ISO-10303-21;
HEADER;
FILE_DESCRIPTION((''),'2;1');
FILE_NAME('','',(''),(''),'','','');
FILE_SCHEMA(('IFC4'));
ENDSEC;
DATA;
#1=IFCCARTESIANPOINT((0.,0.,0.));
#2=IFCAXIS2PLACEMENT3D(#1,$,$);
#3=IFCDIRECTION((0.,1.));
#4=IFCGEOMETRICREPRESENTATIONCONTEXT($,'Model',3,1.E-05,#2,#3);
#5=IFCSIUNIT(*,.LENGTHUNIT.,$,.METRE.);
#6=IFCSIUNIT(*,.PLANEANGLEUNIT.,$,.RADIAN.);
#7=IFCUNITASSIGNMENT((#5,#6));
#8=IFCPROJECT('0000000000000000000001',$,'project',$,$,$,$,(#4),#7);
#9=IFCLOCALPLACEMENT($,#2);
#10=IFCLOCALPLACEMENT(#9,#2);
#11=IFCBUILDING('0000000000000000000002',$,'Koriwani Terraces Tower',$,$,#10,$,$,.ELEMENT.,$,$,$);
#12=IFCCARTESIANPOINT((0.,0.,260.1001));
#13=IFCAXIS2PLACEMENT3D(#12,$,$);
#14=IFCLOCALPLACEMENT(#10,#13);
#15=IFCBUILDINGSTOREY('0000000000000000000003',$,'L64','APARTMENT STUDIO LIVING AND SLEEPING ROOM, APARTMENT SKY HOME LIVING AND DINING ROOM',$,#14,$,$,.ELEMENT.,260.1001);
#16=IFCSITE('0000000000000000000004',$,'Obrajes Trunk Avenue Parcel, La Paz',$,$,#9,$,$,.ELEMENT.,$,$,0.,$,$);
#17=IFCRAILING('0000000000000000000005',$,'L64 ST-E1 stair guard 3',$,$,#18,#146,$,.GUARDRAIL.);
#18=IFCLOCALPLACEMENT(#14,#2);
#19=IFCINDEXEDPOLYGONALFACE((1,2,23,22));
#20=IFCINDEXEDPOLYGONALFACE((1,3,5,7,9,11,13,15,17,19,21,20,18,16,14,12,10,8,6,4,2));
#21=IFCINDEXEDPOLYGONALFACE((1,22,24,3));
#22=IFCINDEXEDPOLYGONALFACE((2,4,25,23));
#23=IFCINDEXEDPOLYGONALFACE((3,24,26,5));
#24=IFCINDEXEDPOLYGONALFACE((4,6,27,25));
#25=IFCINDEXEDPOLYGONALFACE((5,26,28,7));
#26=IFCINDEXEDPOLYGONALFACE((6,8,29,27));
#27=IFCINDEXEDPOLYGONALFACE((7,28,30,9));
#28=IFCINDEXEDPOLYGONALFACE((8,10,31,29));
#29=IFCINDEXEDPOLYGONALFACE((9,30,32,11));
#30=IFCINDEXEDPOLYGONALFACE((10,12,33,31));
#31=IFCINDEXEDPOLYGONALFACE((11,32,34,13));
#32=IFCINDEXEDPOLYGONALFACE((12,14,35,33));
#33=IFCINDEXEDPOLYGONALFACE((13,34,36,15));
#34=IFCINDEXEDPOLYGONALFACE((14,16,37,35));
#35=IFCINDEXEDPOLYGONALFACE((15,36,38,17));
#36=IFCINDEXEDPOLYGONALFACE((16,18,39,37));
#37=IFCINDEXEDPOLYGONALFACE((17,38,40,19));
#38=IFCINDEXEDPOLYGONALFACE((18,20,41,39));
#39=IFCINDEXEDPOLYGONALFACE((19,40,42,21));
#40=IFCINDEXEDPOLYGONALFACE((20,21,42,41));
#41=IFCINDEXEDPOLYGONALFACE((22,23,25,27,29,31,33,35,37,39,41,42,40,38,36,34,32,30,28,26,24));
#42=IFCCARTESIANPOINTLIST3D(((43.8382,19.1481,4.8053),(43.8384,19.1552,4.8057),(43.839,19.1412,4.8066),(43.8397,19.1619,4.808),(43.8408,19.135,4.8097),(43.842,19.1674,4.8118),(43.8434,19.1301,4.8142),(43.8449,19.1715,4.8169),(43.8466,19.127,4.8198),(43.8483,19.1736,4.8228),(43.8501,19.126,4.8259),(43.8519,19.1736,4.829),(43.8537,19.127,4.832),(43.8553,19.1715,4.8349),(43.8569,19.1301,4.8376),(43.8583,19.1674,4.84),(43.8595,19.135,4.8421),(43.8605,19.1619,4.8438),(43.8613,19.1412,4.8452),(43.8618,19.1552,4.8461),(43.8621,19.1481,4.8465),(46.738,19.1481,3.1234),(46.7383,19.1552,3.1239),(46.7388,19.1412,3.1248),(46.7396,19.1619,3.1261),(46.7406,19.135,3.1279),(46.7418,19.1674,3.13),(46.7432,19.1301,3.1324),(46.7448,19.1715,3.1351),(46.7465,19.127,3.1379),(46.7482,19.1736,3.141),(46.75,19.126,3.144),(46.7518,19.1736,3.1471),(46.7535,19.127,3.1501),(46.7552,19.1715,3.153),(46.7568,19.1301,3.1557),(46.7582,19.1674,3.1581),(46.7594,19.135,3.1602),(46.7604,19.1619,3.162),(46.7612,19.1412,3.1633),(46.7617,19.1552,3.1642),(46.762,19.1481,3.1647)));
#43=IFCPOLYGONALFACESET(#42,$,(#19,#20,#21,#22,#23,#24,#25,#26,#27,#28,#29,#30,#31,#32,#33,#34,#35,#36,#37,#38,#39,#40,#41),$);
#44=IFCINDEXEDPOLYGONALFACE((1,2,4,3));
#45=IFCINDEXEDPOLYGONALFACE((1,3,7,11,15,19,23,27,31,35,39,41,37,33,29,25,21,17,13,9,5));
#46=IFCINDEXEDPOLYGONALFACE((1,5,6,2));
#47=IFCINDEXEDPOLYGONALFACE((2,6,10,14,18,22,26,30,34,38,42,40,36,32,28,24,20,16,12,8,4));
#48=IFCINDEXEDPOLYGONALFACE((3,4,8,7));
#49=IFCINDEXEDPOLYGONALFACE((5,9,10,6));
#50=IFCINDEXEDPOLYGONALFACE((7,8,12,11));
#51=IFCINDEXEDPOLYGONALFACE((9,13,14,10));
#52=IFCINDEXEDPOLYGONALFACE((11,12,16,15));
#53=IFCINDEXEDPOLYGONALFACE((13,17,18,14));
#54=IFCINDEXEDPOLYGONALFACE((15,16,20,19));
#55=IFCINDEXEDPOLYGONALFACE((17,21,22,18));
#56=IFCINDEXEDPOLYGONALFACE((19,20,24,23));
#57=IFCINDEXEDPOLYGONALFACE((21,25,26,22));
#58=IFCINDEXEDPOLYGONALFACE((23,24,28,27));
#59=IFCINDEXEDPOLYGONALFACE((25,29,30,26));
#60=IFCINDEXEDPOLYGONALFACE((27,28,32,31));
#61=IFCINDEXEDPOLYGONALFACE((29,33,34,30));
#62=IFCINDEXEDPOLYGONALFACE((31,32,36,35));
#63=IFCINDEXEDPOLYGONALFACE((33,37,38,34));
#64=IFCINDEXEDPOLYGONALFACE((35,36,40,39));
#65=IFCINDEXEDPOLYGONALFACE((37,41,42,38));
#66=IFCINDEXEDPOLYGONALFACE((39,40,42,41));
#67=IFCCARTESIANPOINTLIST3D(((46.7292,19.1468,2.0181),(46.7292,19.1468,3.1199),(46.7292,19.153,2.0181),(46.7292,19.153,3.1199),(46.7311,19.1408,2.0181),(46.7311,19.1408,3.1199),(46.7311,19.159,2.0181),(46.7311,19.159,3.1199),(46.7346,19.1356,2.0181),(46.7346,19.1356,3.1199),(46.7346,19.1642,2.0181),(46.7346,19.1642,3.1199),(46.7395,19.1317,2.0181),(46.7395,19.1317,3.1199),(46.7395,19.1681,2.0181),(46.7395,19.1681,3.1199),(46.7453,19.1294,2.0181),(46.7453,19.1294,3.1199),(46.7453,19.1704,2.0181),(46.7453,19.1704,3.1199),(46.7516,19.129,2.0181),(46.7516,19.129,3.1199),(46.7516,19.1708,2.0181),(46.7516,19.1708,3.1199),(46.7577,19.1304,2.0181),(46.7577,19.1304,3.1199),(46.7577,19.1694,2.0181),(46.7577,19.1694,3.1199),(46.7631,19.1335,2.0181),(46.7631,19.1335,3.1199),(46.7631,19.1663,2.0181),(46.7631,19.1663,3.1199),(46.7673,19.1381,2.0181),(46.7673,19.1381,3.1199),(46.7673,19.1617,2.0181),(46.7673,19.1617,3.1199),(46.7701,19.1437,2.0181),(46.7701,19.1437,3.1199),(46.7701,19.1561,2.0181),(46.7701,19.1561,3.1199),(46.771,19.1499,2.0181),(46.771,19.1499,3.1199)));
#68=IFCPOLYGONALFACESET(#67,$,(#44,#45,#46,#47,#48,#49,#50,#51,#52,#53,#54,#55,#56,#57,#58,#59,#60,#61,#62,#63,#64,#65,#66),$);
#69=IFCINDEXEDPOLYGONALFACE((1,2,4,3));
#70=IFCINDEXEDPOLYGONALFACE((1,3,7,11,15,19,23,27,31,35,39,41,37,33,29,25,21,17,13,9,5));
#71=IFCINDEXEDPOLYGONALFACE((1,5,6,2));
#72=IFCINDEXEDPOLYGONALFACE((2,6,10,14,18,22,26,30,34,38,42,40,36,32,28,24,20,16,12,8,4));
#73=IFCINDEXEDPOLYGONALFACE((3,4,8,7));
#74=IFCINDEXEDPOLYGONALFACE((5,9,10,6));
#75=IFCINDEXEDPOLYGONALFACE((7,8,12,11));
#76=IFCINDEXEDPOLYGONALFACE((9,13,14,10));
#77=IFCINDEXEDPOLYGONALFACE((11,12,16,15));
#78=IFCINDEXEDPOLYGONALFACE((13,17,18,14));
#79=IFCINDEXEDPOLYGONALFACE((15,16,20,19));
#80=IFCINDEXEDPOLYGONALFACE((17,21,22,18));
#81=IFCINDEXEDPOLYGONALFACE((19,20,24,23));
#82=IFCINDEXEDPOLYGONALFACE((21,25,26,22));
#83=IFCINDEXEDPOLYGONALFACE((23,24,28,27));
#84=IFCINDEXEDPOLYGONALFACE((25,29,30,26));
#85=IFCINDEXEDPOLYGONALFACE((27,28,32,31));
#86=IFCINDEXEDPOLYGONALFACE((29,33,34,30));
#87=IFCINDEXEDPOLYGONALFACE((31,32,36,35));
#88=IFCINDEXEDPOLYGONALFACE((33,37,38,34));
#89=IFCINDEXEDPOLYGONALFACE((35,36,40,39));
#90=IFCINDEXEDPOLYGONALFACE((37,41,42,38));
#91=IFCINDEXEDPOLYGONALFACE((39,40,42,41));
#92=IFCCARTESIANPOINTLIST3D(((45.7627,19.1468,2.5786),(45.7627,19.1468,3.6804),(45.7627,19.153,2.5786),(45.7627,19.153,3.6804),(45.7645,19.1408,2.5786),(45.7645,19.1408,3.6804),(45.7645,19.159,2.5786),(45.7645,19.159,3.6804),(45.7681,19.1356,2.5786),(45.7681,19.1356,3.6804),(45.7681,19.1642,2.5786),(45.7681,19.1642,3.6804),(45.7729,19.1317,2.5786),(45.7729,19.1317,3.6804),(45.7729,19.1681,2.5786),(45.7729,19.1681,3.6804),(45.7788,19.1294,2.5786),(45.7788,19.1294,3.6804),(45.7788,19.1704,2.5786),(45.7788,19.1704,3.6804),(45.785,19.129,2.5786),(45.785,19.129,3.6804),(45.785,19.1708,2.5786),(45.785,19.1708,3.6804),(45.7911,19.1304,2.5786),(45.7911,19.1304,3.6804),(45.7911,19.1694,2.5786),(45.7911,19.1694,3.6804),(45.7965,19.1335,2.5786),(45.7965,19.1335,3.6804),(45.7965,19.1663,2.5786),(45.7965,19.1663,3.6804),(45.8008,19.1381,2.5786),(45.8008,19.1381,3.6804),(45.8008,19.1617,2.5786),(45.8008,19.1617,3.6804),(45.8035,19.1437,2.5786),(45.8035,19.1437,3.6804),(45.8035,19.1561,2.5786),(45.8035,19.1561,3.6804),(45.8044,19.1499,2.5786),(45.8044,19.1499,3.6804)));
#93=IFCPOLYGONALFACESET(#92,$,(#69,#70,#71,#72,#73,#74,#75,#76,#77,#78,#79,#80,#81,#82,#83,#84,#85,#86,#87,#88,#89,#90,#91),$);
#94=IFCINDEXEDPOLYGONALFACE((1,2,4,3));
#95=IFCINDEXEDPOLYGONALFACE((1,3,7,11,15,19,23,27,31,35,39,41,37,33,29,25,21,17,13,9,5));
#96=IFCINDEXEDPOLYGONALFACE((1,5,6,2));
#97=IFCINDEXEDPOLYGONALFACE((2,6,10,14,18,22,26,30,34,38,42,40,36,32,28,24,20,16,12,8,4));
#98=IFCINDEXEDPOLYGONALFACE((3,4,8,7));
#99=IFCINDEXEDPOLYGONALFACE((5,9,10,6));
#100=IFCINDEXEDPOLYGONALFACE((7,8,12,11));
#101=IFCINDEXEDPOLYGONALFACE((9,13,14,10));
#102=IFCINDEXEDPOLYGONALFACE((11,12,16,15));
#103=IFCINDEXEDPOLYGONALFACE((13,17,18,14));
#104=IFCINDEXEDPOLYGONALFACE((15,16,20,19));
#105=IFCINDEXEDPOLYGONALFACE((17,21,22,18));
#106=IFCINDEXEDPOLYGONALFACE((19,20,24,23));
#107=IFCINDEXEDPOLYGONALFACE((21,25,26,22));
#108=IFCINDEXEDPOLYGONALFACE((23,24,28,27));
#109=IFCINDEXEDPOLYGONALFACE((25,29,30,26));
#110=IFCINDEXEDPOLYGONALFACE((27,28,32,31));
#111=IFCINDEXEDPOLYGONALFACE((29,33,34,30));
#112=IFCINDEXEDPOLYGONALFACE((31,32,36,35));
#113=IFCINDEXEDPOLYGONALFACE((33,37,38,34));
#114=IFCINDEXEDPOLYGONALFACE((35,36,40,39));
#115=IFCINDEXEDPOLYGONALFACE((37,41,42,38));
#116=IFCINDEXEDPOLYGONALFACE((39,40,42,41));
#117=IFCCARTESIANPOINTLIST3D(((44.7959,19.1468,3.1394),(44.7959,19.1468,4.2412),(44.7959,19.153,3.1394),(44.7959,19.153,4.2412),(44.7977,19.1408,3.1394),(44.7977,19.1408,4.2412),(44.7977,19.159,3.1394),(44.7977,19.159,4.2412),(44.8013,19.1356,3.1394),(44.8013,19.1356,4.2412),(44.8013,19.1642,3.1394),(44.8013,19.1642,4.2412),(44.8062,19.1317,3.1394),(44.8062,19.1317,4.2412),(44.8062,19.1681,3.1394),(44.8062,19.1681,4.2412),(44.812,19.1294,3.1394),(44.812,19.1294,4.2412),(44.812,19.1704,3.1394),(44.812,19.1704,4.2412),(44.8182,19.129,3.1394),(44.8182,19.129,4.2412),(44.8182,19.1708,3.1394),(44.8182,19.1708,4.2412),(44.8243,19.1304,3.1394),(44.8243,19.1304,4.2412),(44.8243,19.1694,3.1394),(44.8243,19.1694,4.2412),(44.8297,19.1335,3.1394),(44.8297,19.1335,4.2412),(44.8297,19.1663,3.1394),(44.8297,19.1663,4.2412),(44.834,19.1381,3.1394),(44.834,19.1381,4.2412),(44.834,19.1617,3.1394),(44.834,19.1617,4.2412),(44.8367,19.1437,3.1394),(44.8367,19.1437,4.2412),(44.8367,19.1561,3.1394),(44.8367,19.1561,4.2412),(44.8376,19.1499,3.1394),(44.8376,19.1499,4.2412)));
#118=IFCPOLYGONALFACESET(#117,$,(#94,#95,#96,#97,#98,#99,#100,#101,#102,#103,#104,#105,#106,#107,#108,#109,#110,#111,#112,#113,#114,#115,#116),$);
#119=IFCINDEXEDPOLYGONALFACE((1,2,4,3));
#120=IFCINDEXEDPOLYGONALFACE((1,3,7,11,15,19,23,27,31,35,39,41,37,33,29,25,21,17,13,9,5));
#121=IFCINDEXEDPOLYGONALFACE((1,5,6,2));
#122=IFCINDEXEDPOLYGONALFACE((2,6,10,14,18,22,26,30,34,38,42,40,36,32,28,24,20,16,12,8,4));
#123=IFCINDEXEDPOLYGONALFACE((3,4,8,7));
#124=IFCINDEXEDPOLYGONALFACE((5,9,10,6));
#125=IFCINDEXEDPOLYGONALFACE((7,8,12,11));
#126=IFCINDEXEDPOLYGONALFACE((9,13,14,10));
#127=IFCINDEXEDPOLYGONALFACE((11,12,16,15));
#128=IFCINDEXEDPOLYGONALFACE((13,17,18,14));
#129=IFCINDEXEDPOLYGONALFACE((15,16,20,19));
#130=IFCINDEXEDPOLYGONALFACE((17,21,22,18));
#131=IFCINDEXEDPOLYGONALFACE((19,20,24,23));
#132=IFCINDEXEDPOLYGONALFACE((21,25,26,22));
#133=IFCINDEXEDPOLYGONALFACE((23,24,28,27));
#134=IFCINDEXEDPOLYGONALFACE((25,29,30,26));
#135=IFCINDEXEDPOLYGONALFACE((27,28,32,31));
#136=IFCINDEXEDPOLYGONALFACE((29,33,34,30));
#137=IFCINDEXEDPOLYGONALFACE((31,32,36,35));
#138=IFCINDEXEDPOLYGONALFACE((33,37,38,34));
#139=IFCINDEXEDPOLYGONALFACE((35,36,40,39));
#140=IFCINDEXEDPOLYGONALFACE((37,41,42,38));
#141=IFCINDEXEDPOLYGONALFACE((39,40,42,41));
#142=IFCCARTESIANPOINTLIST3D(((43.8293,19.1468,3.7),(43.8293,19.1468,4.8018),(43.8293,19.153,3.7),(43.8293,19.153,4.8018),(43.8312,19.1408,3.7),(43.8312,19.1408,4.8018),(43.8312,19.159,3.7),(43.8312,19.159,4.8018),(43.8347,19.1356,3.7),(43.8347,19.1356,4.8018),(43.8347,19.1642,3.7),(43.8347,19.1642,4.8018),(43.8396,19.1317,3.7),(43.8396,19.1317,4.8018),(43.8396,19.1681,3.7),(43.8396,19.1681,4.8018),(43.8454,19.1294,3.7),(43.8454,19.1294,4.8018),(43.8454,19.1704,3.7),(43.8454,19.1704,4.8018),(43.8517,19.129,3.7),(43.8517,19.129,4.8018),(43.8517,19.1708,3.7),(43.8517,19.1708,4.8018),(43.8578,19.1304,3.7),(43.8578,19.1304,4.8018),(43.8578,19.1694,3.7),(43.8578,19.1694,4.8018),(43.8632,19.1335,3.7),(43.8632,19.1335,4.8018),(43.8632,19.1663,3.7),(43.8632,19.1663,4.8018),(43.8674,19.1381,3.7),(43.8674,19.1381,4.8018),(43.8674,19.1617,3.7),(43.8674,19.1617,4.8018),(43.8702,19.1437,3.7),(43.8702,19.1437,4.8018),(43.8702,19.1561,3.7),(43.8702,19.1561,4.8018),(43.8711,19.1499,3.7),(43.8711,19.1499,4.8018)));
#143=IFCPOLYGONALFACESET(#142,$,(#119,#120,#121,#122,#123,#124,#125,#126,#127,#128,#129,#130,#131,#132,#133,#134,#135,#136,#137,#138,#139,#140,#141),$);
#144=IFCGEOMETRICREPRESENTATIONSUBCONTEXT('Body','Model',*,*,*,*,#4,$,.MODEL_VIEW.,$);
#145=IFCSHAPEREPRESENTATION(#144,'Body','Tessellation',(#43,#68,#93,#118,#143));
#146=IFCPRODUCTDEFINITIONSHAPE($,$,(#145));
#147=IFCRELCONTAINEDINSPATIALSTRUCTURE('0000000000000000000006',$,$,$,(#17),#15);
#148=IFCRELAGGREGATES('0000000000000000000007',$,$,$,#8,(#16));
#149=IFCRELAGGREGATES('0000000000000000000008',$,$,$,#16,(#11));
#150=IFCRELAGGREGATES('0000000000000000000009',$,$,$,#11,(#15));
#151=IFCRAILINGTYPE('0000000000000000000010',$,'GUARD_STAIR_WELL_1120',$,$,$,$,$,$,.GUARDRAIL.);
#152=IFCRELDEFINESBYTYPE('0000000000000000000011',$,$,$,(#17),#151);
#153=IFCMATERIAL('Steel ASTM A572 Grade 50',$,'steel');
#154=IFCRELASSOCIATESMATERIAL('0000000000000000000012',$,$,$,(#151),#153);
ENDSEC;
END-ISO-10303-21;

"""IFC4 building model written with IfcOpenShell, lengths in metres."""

from ifc_helpers import new_model, si_unit, direction, frame, origin, origin_2d, place, context, subcontext, project, spatial, circle, extrude, material, type_object, element, save


model = new_model("IFC4")

# Units and contexts
model_context = context("Model", 3, precision=1e-05, world=origin(), true_north=direction((0.0, 1.0)))
body_context = subcontext(model_context, "Body", "Model", "MODEL_VIEW")
ifc_project = project(units=[si_unit("LENGTHUNIT", "METRE"), si_unit("PLANEANGLEUNIT", "RADIAN")], contexts=[model_context])

# Site, building, storey
site_placement = place(None, origin())
site = spatial("IfcSite", under=ifc_project, at=site_placement, Name="Obrajes Trunk Avenue Parcel, La Paz", CompositionType="ELEMENT", RefElevation=0.0)
building_placement = place(site_placement, origin())
building = spatial("IfcBuilding", under=site, at=building_placement, Name="Koriwani Terraces Tower", CompositionType="ELEMENT")
storey_placement = place(building_placement, frame((0.0, 0.0, 260.1001)))
storey = spatial("IfcBuildingStorey", under=building, at=storey_placement, Name="L64", Description="APARTMENT STUDIO LIVING AND SLEEPING ROOM, APARTMENT SKY HOME LIVING AND DINING ROOM", CompositionType="ELEMENT", Elevation=260.1001)

# Shared definitions
ifc_material_1 = material(Name="Steel ASTM A572 Grade 50", Category="steel")

# Railing
railing_type_1 = type_object("IfcRailingType", Name="GUARD_STAIR_WELL_1120", PredefinedType="GUARDRAIL", material=ifc_material_1)
railing_1_placement = place(storey_placement, frame((46.75, 19.1499, 2.0181)))
element("IfcRailing", 1, at=railing_1_placement, inside=storey, type_object=railing_type_1, Name="L64 ST-E1 stair guard 3", PredefinedType="GUARDRAIL", context=body_context, shape_type="SweptSolid", body=[
    extrude(circle(Radius=0.0239, at=origin_2d()), frame((0.0, 0.0, 1.126), z_axis=(-0.865039, 0.0, 0.501705), x_axis=(0.0, -1.0, 0.0)), (0.0, 0.0, 1.0), 3.3523),
    extrude(circle(Radius=0.021, at=origin_2d()), origin(), (0.0, 0.0, 1.0), 1.1018),
    extrude(circle(Radius=0.021, at=origin_2d()), frame((-0.9666, 0.0, 0.5605)), (0.0, 0.0, 1.0), 1.1018),
    extrude(circle(Radius=0.021, at=origin_2d()), frame((-1.9333, 0.0, 1.1213)), (0.0, 0.0, 1.0), 1.1018),
    extrude(circle(Radius=0.021, at=origin_2d()), frame((-2.8999, 0.0, 1.6819)), (0.0, 0.0, 1.0), 1.1018),
])

save(model, "model.ifc")
